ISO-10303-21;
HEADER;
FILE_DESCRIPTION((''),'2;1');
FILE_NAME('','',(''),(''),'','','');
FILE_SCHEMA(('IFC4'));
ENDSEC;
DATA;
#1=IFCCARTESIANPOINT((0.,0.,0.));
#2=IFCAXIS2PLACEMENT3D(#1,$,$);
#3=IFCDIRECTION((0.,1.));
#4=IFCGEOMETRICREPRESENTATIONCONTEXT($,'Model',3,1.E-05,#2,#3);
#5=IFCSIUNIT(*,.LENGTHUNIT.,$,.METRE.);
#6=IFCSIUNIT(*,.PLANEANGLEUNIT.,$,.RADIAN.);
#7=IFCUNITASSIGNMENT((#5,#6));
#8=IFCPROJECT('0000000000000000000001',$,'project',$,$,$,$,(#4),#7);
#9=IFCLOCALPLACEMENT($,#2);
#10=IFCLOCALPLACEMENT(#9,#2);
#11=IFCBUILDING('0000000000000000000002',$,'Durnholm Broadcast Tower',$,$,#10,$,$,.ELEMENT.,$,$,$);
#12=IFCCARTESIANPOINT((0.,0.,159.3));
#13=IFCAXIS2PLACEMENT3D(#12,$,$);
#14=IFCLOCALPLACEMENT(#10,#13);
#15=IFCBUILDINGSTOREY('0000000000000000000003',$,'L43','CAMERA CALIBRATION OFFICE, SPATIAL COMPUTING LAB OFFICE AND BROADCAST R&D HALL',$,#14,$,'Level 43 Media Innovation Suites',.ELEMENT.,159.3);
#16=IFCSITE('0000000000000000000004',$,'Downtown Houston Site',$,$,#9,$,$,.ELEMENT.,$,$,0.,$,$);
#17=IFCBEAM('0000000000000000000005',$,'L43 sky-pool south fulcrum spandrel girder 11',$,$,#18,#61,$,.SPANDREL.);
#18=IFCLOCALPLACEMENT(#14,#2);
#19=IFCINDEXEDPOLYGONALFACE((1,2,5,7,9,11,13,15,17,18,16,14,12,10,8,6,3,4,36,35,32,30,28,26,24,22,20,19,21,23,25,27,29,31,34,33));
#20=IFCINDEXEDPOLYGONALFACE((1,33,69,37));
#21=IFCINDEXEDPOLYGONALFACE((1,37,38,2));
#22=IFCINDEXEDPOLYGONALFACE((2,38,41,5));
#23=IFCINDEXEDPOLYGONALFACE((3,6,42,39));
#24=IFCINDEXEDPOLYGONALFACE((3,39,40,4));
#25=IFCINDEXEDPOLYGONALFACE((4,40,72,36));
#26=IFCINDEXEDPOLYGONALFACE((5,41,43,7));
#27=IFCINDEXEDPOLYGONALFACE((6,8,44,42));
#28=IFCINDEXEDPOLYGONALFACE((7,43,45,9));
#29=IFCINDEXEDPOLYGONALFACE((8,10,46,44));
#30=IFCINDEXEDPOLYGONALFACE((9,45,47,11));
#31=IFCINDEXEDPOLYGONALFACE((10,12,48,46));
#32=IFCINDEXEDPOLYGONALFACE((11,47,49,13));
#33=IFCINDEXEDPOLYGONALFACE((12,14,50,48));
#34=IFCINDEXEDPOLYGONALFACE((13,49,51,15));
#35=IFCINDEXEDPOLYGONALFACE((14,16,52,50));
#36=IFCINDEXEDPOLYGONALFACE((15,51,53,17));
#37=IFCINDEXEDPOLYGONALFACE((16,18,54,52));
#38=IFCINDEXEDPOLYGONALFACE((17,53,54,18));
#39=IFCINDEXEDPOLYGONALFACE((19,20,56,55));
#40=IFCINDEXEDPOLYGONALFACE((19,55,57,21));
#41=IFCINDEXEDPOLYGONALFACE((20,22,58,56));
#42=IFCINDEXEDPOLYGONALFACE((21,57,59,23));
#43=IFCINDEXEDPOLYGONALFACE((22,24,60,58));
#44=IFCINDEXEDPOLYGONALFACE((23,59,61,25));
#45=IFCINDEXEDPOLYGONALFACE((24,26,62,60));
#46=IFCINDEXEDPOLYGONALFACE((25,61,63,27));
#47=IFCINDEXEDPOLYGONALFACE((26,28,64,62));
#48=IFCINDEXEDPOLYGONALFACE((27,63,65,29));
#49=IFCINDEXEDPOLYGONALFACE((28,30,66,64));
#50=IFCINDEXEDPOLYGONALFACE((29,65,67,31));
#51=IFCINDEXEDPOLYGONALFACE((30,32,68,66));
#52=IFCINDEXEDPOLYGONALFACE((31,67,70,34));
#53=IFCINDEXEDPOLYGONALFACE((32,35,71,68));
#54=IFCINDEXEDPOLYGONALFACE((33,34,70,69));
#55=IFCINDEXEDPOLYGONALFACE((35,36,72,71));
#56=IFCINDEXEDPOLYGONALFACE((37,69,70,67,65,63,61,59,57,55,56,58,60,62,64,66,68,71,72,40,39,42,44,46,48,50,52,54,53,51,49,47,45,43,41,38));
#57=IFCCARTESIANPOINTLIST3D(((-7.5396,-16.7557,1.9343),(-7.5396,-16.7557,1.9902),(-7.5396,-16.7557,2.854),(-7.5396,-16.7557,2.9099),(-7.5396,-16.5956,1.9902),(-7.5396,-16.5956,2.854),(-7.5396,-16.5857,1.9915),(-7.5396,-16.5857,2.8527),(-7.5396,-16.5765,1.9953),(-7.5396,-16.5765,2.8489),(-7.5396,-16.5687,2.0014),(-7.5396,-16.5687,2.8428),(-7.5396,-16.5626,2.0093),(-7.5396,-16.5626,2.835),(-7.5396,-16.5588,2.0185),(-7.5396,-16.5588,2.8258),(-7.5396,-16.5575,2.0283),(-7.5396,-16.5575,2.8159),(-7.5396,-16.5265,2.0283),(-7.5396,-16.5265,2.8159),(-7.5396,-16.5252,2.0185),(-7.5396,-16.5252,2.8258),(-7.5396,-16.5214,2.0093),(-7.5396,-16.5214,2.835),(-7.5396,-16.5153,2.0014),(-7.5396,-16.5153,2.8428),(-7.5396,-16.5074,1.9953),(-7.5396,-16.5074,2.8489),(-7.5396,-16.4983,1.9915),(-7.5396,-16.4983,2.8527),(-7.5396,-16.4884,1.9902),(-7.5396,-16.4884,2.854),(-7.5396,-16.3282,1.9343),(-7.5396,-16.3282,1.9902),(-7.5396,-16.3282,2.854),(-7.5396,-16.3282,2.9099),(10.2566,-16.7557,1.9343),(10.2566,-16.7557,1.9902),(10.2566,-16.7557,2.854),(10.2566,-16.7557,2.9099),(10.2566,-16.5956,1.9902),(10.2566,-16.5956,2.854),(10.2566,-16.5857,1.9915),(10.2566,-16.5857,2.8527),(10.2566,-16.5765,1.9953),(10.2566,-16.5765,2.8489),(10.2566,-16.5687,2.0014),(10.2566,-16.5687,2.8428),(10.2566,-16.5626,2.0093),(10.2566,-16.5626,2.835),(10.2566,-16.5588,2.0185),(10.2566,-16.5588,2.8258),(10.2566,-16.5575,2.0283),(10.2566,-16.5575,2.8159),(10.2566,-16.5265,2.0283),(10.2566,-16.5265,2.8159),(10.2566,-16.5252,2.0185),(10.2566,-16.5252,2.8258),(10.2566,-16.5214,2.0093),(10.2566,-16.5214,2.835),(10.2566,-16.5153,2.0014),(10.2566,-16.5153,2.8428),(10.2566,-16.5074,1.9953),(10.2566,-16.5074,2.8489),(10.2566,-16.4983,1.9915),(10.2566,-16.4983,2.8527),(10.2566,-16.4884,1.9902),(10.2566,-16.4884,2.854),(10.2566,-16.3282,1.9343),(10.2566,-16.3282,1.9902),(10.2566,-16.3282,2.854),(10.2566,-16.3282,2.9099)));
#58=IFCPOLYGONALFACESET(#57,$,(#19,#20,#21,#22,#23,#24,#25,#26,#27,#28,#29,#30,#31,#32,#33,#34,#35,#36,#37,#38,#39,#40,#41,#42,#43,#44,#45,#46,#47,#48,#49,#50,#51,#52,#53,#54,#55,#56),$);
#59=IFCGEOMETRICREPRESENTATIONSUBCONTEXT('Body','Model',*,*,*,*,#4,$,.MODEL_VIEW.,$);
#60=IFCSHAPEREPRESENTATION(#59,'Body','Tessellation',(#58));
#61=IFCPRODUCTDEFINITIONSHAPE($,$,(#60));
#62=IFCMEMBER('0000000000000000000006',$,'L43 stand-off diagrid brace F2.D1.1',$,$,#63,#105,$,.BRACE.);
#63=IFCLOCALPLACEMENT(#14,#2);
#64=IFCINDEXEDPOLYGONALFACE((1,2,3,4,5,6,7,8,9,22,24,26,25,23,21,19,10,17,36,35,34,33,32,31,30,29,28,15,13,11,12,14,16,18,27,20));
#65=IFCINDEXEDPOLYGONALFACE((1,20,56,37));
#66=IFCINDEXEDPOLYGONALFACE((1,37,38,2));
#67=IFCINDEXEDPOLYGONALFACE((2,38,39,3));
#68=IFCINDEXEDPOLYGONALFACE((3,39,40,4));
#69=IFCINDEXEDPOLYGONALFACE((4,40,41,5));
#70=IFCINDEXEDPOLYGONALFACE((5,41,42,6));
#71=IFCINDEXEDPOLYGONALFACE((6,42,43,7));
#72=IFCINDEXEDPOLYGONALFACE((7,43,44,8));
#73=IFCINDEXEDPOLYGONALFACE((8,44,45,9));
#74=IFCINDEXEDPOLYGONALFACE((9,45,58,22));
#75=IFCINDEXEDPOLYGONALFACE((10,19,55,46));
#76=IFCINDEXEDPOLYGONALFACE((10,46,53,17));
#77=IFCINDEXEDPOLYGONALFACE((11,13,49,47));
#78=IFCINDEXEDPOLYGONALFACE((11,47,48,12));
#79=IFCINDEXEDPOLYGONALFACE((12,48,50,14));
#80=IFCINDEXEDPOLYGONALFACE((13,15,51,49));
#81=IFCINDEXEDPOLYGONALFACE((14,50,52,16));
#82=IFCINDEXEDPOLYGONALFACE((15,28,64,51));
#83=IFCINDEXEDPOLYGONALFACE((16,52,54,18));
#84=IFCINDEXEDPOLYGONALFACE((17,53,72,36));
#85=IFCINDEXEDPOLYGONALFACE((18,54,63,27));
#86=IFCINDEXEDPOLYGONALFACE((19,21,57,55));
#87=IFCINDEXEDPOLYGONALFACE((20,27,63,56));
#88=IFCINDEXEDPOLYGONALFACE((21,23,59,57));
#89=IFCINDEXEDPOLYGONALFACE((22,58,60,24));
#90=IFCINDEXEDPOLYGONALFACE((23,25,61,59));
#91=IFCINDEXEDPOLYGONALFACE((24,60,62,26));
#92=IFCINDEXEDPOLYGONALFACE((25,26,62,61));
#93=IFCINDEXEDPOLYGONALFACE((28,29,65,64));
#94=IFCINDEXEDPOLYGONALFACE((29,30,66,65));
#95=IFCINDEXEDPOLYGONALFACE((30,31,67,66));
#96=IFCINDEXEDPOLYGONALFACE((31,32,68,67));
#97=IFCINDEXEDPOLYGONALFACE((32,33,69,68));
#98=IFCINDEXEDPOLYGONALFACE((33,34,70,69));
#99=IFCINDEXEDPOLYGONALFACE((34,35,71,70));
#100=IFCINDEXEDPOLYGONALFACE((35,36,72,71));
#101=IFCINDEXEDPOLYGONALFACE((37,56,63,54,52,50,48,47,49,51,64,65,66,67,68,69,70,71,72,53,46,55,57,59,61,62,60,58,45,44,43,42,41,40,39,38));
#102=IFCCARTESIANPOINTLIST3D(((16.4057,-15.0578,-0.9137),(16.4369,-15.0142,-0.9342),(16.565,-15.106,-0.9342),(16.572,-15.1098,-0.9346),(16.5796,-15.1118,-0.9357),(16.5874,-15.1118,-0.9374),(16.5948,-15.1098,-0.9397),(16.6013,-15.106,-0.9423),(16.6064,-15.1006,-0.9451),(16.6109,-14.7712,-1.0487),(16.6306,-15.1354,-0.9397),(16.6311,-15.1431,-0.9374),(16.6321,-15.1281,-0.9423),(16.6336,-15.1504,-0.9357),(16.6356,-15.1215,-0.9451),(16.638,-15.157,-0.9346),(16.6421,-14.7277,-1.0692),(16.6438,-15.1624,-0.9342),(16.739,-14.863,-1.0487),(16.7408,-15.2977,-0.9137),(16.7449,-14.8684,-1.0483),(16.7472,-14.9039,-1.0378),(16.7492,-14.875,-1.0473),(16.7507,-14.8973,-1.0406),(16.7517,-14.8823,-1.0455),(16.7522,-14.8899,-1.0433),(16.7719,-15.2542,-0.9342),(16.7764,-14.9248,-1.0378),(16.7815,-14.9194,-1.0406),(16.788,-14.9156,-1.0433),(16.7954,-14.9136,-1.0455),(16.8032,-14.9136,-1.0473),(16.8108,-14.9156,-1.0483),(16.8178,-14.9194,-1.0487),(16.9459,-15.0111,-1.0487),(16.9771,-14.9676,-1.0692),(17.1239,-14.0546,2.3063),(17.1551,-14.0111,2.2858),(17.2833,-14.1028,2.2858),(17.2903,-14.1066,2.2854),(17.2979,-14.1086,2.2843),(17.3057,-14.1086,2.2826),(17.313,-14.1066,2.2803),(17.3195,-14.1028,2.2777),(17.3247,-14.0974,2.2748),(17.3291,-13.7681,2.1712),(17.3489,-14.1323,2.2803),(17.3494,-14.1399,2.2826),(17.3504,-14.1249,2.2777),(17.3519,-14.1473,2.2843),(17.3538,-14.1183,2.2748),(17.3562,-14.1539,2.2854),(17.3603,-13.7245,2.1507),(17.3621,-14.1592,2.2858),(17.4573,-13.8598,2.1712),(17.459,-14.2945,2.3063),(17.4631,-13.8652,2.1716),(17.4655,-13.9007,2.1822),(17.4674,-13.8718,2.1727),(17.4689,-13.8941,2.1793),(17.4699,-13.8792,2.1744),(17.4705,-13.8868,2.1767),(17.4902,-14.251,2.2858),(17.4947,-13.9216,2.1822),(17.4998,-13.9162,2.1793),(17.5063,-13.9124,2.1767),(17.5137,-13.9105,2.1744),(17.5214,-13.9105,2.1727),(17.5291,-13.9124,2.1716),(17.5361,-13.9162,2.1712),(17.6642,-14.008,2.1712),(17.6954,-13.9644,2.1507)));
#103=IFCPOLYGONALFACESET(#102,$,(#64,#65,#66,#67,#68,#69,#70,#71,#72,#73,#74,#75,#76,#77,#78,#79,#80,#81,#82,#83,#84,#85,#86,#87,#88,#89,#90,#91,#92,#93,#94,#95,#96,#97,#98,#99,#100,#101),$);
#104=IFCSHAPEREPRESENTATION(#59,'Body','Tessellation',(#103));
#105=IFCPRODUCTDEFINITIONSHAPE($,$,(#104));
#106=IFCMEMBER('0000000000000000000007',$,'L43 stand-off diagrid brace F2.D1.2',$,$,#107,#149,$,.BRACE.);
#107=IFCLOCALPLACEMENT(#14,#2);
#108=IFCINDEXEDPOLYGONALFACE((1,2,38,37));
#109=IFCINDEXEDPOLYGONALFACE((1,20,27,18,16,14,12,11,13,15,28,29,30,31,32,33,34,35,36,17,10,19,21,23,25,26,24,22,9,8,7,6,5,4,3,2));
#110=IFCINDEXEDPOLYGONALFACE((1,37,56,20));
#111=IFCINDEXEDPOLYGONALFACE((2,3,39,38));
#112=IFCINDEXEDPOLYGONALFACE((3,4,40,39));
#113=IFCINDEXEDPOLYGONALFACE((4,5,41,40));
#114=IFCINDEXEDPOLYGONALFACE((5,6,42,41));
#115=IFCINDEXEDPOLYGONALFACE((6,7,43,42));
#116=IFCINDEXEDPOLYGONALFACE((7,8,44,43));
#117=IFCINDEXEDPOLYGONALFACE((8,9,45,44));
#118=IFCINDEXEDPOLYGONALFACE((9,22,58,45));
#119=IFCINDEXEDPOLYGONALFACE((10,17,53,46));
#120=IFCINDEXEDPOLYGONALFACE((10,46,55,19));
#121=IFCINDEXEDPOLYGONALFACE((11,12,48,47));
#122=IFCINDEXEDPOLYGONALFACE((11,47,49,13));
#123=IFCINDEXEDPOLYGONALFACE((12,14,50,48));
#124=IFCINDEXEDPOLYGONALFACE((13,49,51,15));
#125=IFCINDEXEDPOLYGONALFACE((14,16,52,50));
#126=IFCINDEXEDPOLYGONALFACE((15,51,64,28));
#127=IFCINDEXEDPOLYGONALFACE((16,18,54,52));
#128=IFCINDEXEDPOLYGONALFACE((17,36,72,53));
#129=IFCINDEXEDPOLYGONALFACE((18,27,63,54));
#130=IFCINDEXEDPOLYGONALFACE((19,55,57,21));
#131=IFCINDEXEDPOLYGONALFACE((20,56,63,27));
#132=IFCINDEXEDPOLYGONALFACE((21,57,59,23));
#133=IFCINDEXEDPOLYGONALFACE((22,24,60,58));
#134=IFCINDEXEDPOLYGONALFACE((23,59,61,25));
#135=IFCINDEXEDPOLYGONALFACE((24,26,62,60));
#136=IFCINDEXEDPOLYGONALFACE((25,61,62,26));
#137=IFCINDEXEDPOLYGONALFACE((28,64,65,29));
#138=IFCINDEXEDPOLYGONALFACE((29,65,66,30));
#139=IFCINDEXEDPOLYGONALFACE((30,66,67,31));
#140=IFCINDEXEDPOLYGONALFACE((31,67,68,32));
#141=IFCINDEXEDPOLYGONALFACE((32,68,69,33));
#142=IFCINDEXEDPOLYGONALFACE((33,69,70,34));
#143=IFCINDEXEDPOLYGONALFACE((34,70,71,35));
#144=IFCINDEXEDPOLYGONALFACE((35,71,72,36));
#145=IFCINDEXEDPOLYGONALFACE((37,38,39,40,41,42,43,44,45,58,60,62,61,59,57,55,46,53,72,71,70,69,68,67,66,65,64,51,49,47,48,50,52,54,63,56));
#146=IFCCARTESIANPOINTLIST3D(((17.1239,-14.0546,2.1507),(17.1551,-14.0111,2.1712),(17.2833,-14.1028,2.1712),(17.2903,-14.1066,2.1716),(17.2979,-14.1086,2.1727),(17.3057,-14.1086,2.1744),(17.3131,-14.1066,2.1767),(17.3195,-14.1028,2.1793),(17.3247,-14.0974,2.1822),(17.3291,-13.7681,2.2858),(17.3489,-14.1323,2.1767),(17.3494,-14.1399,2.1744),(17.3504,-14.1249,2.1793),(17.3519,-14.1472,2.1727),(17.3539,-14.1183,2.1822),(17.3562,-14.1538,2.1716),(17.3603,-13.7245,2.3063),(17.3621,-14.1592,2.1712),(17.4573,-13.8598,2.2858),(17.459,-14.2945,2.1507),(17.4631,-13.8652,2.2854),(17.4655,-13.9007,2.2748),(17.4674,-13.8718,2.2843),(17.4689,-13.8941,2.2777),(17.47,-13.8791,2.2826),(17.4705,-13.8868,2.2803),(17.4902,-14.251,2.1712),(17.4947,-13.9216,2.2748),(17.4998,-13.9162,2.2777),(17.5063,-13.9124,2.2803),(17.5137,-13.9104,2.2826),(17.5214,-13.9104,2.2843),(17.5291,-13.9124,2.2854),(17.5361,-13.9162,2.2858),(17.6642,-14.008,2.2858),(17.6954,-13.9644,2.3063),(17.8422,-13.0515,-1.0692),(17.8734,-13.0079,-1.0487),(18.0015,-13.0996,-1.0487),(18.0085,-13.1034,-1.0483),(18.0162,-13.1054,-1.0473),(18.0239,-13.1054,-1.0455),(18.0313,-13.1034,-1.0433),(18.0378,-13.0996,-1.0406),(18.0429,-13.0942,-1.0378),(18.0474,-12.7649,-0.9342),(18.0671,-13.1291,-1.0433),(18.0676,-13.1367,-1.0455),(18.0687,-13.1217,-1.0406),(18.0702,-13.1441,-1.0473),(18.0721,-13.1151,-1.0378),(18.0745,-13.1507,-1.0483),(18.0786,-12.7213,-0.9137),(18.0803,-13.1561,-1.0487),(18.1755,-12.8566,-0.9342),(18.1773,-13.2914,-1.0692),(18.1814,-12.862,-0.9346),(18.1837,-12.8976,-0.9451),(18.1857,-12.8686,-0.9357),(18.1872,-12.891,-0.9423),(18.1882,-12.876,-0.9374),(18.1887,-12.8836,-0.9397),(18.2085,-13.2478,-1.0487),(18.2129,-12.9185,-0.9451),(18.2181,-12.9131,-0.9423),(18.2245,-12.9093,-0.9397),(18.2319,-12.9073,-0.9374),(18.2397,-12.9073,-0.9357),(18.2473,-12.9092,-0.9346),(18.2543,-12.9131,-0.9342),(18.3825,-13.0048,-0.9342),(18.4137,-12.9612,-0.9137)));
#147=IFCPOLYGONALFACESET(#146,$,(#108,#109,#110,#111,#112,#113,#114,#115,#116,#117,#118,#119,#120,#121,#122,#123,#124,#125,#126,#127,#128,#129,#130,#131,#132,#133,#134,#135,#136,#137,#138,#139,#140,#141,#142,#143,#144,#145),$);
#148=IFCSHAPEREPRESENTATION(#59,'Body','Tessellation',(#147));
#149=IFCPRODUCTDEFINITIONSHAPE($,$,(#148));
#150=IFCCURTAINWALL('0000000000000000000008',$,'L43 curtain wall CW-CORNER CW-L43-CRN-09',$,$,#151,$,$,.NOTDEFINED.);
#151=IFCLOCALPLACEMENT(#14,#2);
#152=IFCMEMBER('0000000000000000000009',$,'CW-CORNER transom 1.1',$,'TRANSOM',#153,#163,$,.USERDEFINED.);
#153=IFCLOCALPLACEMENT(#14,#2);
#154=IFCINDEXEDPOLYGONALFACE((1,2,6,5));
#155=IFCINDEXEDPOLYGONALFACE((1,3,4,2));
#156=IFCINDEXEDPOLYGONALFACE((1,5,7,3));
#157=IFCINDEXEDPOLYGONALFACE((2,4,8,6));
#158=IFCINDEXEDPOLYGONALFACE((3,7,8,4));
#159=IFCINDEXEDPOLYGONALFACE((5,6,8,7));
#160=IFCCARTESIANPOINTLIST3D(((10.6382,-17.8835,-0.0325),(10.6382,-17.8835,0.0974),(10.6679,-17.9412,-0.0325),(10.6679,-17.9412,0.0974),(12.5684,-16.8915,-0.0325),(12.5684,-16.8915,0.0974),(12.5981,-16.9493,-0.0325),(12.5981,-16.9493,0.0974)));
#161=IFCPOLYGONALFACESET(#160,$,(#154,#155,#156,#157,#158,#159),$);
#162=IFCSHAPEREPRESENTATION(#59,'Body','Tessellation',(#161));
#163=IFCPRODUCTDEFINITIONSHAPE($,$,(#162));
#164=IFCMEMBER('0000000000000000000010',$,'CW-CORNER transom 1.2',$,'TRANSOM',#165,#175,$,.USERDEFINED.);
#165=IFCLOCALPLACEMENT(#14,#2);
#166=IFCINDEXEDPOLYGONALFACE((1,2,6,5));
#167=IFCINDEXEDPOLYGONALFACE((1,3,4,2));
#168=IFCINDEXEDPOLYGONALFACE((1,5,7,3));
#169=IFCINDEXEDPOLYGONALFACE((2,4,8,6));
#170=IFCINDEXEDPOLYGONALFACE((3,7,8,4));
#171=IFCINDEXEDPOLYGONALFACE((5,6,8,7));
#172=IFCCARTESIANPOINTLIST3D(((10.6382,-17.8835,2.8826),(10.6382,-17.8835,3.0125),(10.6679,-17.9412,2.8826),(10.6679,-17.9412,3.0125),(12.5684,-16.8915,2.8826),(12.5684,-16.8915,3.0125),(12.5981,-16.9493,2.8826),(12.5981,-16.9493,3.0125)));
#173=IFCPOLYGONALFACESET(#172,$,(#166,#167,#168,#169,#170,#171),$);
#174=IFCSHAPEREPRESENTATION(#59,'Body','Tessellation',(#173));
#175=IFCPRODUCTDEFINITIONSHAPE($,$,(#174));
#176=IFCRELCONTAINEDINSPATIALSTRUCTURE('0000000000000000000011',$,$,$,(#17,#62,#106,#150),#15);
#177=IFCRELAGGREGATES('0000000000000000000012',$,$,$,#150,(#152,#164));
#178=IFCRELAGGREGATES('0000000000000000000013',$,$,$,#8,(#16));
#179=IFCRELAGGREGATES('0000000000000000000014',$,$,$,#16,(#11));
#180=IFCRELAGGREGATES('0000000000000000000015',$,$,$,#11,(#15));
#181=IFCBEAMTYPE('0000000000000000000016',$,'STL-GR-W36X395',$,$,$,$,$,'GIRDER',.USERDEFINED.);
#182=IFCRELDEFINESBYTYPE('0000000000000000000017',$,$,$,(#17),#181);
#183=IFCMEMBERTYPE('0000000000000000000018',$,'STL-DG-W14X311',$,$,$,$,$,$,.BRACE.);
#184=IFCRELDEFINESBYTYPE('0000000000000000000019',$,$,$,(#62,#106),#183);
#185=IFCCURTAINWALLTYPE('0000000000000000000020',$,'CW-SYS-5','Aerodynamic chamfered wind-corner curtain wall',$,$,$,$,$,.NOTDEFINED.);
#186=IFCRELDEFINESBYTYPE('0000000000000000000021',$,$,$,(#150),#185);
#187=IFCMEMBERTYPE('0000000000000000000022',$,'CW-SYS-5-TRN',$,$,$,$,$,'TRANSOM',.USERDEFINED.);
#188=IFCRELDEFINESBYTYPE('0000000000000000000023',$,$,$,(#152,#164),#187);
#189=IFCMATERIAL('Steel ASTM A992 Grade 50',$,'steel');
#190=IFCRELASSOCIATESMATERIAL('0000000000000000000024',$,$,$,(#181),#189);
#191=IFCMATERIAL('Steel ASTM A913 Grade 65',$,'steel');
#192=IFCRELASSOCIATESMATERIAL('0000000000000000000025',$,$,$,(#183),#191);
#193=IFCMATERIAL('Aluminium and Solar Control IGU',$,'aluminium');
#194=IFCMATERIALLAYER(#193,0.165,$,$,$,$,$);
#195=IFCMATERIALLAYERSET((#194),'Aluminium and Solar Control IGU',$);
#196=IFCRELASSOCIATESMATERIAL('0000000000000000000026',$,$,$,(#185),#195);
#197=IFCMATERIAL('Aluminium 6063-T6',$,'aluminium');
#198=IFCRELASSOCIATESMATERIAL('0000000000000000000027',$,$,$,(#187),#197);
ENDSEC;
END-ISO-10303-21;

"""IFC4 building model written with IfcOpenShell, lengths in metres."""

from ifc_helpers import new_model, si_unit, direction, frame, origin, origin_2d, place, context, subcontext, project, spatial, rectangle, i_section, extrude, source, transform, mapped, material, layer, layer_set, material_profile, profile_set, type_object, type_shapes, element, aggregate, save


model = new_model("IFC4")

# Units and contexts
model_context = context("Model", 3, precision=1e-05, world=origin(), true_north=direction((0.0, 1.0)))
body_context = subcontext(model_context, "Body", "Model", "MODEL_VIEW")
ifc_project = project(units=[si_unit("LENGTHUNIT", "METRE"), si_unit("PLANEANGLEUNIT", "RADIAN")], contexts=[model_context])

# Site, building, storey
site_placement = place(None, origin())
site = spatial("IfcSite", under=ifc_project, at=site_placement, Name="Downtown Houston Site", CompositionType="ELEMENT", RefElevation=0.0)
building_placement = place(site_placement, origin())
building = spatial("IfcBuilding", under=site, at=building_placement, Name="Durnholm Broadcast Tower", CompositionType="ELEMENT")
storey_placement = place(building_placement, frame((0.0, 0.0, 159.3)))
storey = spatial("IfcBuildingStorey", under=building, at=storey_placement, Name="L43", Description="CAMERA CALIBRATION OFFICE, SPATIAL COMPUTING LAB OFFICE AND BROADCAST R&D HALL", LongName="Level 43 Media Innovation Suites", CompositionType="ELEMENT", Elevation=159.3)

# Beam
ifc_material_1 = material(Name="Steel ASTM A992 Grade 50", Category="steel")
ifc_material_profile_1 = material_profile(ifc_material_1, i_section(OverallWidth=0.4275, OverallDepth=0.9756, WebThickness=0.031, FlangeThickness=0.0559, FilletRadius=0.0381, at=origin_2d()), Name="W36X395")
ifc_profile_set_1 = profile_set([ifc_material_profile_1], Name="Steel ASTM A992 Grade 50")
beam_type_1 = type_object("IfcBeamType", Name="STL-GR-W36X395", ElementType="GIRDER", PredefinedType="USERDEFINED", material=ifc_profile_set_1)
shared_shape_1 = source(origin(), body_context, "Body", "SweptSolid", [
    extrude(i_section(OverallWidth=0.4275, OverallDepth=0.9756, WebThickness=0.031, FlangeThickness=0.0559, FilletRadius=0.0381, at=origin_2d()), origin(), (0.0, 0.0, 1.0), 17.7961),
])
beam_1_placement = place(storey_placement, frame((10.2566, -16.542, 2.4221), z_axis=(-1.0, 0.0, 0.0), x_axis=(0.0, -1.0, 0.0)))
element("IfcBeam", 1, at=beam_1_placement, inside=storey, type_object=beam_type_1, Name="L43 sky-pool south fulcrum spandrel girder 11", PredefinedType="SPANDREL", context=body_context, shape_type="MappedRepresentation", body=[
    mapped(shared_shape_1, transform((0.0, 0.0, 0.0), x_axis=(1.0, 0.0, 0.0), y_axis=(0.0, 1.0, 0.0), z_axis=(0.0, 0.0, 1.0), scale=1.0)),
])

# Members
ifc_material_2 = material(Name="Steel ASTM A913 Grade 65", Category="steel")
ifc_material_profile_2 = material_profile(ifc_material_2, i_section(OverallWidth=0.4121, OverallDepth=0.4348, WebThickness=0.0359, FlangeThickness=0.0574, FilletRadius=0.0305, at=origin_2d()), Name="W14X311")
ifc_profile_set_2 = profile_set([ifc_material_profile_2], Name="Steel ASTM A913 Grade 65")
member_type_1 = type_object("IfcMemberType", Name="STL-DG-W14X311", PredefinedType="BRACE", material=ifc_profile_set_2)
shared_shape_2 = source(origin(), body_context, "Body", "SweptSolid", [
    extrude(i_section(OverallWidth=0.4121, OverallDepth=0.4348, WebThickness=0.0359, FlangeThickness=0.0574, FilletRadius=0.0305, at=origin_2d()), origin(), (0.0, 0.0, 1.0), 3.4482),
])
type_shapes(member_type_1, [shared_shape_2])
for number, where, z_axis, x_axis, name in (
    (2, (16.6914, -15.0127, -0.9915), (0.208297, 0.290922, 0.933797), (-0.813078, 0.582155, 0.0), "L43 stand-off diagrid brace F2.D1.1"),
    (3, (18.1279, -13.0063, -0.9915), (-0.208297, -0.290922, 0.933797), (0.813078, -0.582155, 0.0), "L43 stand-off diagrid brace F2.D1.2"),
):
    element("IfcMember", number, at=place(storey_placement, frame(where, z_axis=z_axis, x_axis=x_axis)), inside=storey, type_object=member_type_1, Name=name, PredefinedType="BRACE", context=body_context, shape_type="MappedRepresentation", body=[
        mapped(shared_shape_2, transform((0.0, 0.0, 0.0), x_axis=(1.0, 0.0, 0.0), y_axis=(0.0, 1.0, 0.0), z_axis=(0.0, 0.0, 1.0), scale=1.0)),
    ])

# Curtain wall, members
ifc_material_3 = material(Name="Aluminium and Solar Control IGU", Category="aluminium")
ifc_layer_1 = layer(ifc_material_3, 0.165)
ifc_layer_set_1 = layer_set([ifc_layer_1], Name="Aluminium and Solar Control IGU")
curtain_wall_type_1 = type_object("IfcCurtainWallType", Name="CW-SYS-5", Description="Aerodynamic chamfered wind-corner curtain wall", PredefinedType="NOTDEFINED", material=ifc_layer_set_1)
curtain_wall_1_placement = place(storey_placement, origin())
curtain_wall_1 = element("IfcCurtainWall", 4, at=curtain_wall_1_placement, inside=storey, type_object=curtain_wall_type_1, Name="L43 curtain wall CW-CORNER CW-L43-CRN-09", PredefinedType="NOTDEFINED")
ifc_material_4 = material(Name="Aluminium 6063-T6", Category="aluminium")
ifc_material_profile_3 = material_profile(ifc_material_4, rectangle(XDim=0.0649, YDim=0.1299, at=origin_2d()), Name="CWT65X130")
ifc_profile_set_3 = profile_set([ifc_material_profile_3], Name="Aluminium 6063-T6")
member_type_2 = type_object("IfcMemberType", Name="CW-SYS-5-TRN", ElementType="TRANSOM", PredefinedType="USERDEFINED", material=ifc_profile_set_3)
shared_shape_3 = source(origin(), body_context, "Body", "SweptSolid", [
    extrude(rectangle(XDim=0.0649, YDim=0.1299, at=origin_2d()), origin(), (0.0, 0.0, 1.0), 2.1702),
])
type_shapes(member_type_2, [shared_shape_3])
member_1_placement = place(storey_placement, frame((12.5833, -16.9204, 0.0325), z_axis=(-0.889422, -0.457086, 0.0), x_axis=(0.457086, -0.889422, 0.0)))
member_1 = element("IfcMember", 5, at=member_1_placement, type_object=member_type_2, Name="CW-CORNER transom 1.1", ObjectType="TRANSOM", PredefinedType="USERDEFINED", context=body_context, shape_type="MappedRepresentation", body=[
    mapped(shared_shape_3, transform((0.0, 0.0, 0.0), x_axis=(1.0, 0.0, 0.0), y_axis=(0.0, 1.0, 0.0), z_axis=(0.0, 0.0, 1.0), scale=1.0)),
])
member_2_placement = place(storey_placement, frame((12.5833, -16.9204, 2.9475), z_axis=(-0.889422, -0.457086, 0.0), x_axis=(0.457086, -0.889422, 0.0)))
member_2 = element("IfcMember", 6, at=member_2_placement, type_object=member_type_2, Name="CW-CORNER transom 1.2", ObjectType="TRANSOM", PredefinedType="USERDEFINED", context=body_context, shape_type="MappedRepresentation", body=[
    mapped(shared_shape_3, transform((0.0, 0.0, 0.0), x_axis=(1.0, 0.0, 0.0), y_axis=(0.0, 1.0, 0.0), z_axis=(0.0, 0.0, 1.0), scale=1.0)),
])

aggregate(curtain_wall_1, [member_1, member_2])

save(model, "model.ifc")
